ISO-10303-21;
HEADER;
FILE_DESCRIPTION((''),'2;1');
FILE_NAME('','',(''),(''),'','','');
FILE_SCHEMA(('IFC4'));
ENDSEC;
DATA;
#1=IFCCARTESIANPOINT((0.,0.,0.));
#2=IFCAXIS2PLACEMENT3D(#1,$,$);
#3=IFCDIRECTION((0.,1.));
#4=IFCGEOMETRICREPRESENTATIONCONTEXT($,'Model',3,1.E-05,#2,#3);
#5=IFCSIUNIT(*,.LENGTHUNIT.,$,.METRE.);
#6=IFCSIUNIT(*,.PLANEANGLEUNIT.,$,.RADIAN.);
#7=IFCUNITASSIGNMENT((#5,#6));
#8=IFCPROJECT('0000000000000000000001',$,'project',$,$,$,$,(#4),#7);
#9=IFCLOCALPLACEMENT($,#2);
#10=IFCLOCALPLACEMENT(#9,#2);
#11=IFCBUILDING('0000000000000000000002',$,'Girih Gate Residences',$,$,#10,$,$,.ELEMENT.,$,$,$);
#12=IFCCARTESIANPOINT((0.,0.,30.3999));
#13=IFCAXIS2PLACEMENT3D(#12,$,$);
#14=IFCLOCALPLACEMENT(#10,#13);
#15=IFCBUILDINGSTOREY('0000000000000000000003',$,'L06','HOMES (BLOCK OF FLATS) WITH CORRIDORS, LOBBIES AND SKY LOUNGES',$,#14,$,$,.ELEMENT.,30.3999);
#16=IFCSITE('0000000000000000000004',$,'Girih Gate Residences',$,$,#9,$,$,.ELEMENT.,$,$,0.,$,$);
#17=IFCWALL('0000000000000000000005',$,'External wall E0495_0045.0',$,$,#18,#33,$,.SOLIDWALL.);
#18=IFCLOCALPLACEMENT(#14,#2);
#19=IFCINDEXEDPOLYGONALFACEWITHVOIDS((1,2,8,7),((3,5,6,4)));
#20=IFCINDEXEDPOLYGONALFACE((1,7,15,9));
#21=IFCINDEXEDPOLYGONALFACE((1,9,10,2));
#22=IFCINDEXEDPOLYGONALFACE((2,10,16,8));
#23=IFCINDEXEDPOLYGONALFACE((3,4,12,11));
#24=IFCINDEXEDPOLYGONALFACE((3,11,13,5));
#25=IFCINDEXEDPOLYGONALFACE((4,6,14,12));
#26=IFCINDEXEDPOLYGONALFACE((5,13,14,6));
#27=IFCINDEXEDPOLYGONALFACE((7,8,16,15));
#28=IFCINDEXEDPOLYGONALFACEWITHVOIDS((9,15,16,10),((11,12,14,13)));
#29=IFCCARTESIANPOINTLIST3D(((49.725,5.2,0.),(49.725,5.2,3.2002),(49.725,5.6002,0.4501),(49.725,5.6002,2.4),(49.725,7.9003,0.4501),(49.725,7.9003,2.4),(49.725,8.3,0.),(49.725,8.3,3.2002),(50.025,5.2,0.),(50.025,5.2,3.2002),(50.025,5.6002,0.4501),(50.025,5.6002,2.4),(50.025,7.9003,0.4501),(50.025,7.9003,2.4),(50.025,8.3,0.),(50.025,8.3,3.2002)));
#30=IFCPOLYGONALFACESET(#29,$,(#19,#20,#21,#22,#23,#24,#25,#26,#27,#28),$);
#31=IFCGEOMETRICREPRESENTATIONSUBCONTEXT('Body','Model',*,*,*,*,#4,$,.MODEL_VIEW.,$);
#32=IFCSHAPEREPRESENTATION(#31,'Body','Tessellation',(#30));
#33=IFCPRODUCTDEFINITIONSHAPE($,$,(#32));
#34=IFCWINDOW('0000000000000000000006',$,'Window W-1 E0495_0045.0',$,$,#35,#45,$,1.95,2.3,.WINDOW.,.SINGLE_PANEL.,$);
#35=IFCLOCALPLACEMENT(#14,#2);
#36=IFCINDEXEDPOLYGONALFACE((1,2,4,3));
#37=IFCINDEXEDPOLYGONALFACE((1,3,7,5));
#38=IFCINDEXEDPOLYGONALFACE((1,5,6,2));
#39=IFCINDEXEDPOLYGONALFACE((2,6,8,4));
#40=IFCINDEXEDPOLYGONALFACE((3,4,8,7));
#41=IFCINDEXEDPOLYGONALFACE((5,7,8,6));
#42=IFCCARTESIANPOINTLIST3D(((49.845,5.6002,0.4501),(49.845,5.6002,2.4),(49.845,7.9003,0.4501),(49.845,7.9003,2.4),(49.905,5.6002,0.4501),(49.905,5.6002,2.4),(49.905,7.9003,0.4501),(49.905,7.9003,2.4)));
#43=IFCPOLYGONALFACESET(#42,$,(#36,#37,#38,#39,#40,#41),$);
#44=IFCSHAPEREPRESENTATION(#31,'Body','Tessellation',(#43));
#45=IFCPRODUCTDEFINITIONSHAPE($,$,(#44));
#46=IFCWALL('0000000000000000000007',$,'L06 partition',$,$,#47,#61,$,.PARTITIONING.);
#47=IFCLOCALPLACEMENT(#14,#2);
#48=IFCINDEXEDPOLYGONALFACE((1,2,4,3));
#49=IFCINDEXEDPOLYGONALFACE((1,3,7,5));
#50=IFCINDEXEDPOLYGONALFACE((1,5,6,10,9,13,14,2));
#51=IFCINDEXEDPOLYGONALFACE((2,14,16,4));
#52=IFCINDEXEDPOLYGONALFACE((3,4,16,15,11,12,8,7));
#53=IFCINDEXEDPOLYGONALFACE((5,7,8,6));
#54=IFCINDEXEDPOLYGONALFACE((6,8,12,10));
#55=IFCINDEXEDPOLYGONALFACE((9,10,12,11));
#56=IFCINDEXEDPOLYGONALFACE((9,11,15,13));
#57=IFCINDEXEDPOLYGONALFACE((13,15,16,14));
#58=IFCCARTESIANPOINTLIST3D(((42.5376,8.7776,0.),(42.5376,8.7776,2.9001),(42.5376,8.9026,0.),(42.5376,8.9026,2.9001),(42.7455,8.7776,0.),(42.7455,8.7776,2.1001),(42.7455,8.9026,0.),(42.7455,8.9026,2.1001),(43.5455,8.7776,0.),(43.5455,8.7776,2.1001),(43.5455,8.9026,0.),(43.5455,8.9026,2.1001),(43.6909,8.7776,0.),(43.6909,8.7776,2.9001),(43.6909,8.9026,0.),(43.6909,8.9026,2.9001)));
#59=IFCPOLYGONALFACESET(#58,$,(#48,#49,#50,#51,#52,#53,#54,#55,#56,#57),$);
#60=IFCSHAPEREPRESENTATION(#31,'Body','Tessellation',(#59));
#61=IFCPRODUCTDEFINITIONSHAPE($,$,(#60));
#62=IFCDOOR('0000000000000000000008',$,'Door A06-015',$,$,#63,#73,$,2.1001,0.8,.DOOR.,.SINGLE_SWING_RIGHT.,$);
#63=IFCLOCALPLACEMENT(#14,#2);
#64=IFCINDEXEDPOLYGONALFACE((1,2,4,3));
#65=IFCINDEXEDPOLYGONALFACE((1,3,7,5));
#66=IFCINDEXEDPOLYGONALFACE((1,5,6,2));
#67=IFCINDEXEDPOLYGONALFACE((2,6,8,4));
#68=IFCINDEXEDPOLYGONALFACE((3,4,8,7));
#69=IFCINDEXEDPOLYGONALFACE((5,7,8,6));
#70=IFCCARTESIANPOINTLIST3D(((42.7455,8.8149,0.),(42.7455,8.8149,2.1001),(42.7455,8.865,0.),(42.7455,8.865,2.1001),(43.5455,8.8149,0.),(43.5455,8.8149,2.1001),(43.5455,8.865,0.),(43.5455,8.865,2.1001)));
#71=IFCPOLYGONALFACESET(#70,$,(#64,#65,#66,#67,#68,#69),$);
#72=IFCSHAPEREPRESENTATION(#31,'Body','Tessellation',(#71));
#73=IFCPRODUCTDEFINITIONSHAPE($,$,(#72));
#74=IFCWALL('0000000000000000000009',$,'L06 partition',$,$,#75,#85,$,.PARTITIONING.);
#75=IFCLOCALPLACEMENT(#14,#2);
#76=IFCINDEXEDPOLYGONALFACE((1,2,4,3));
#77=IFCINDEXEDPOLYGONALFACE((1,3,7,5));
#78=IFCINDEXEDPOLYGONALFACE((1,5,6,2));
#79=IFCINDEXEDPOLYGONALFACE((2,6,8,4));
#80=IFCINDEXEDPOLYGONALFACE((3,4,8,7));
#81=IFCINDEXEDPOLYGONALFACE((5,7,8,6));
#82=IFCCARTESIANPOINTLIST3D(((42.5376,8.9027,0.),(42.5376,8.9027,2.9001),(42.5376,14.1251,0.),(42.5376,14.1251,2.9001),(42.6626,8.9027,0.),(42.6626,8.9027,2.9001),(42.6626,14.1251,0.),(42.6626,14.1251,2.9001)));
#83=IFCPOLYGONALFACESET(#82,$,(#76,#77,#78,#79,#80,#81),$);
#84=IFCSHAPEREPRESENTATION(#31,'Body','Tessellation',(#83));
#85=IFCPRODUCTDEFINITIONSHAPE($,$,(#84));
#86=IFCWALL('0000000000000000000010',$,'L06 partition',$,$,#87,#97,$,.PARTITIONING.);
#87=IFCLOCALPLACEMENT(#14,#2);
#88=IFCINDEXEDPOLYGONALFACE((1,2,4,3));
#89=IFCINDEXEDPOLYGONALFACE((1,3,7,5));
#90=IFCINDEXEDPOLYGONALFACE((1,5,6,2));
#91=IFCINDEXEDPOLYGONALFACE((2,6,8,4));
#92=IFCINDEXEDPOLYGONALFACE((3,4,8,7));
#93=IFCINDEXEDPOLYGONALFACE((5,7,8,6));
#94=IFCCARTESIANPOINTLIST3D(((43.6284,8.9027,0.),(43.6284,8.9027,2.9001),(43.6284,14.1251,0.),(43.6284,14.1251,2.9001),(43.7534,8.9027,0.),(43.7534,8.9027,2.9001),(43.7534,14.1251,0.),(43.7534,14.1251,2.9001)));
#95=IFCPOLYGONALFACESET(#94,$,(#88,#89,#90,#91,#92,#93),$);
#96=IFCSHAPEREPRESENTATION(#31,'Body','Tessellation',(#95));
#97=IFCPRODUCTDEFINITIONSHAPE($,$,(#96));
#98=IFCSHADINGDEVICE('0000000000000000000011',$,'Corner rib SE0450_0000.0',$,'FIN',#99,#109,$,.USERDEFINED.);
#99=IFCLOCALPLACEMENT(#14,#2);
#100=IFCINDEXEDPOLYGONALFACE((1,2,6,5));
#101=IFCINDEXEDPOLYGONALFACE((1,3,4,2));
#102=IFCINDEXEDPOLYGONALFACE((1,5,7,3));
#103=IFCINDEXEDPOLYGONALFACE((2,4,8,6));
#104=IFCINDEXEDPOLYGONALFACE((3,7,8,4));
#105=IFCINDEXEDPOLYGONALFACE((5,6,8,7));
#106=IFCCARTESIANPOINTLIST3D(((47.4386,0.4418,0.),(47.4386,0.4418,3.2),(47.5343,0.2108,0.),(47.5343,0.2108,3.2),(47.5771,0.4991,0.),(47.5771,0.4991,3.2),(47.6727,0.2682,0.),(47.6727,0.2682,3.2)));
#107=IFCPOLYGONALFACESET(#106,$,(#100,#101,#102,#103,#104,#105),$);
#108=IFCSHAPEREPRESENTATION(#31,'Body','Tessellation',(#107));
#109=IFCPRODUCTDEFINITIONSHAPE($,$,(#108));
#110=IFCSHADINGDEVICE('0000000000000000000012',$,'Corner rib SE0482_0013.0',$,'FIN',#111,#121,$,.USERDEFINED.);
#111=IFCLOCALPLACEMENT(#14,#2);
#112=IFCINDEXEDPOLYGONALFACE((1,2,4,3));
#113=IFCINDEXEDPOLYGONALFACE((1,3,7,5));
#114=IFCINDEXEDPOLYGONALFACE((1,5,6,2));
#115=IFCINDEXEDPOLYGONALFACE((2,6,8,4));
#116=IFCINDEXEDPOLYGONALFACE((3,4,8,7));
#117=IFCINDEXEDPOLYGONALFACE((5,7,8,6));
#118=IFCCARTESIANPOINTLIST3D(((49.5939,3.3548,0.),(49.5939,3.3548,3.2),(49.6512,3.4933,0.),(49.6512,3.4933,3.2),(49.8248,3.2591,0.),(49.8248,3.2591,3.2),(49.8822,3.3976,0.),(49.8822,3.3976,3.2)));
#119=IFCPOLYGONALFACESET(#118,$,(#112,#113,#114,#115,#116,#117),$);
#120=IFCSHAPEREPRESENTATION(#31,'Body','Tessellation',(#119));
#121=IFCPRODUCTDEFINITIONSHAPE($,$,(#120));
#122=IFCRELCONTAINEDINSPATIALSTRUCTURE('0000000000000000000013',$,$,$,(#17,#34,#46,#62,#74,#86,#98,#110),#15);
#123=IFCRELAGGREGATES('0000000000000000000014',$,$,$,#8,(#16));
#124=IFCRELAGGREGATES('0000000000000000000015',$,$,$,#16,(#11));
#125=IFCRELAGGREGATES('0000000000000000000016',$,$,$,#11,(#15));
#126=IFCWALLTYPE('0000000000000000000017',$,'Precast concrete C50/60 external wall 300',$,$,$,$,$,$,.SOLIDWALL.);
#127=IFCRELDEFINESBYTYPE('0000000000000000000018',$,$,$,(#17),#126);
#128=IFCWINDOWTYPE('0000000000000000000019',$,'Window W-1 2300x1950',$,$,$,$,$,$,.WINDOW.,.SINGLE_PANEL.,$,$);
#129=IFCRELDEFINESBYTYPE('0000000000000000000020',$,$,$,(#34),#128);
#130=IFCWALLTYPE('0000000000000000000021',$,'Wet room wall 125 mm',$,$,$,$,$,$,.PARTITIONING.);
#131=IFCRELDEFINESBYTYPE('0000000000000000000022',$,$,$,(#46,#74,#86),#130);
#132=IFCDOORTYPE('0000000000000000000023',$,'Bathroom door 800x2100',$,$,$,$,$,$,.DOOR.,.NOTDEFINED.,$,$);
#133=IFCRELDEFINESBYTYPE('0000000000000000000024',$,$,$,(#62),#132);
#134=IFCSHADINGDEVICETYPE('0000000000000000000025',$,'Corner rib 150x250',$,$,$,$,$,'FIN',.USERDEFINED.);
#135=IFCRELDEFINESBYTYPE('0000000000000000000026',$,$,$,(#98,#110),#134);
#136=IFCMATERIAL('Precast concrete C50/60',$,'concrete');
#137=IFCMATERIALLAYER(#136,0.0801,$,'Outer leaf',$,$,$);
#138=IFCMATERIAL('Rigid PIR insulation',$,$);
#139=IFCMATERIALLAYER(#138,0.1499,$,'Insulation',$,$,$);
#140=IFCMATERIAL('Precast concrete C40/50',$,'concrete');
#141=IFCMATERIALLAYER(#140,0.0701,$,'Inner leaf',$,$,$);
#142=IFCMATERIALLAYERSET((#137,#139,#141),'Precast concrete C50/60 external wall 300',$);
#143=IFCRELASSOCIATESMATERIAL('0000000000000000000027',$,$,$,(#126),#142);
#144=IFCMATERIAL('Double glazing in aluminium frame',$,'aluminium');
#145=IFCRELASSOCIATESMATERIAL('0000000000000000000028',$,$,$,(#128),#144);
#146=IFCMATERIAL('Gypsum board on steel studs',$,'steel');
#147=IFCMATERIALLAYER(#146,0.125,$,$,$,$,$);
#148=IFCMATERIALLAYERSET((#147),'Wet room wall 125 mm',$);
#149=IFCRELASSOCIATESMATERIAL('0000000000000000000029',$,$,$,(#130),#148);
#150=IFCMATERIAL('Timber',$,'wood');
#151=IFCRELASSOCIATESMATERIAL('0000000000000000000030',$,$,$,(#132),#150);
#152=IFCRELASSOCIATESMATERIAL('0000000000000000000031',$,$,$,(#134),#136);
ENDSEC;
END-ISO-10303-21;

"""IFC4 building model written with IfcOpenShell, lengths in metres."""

from ifc_helpers import new_model, si_unit, direction, frame, frame_2d, origin, origin_2d, place, context, subcontext, project, spatial, rectangle, extrude, material, layer, layer_set, type_object, element, fill, save


model = new_model("IFC4")

# Units and contexts
model_context = context("Model", 3, precision=1e-05, world=origin(), true_north=direction((0.0, 1.0)))
body_context = subcontext(model_context, "Body", "Model", "MODEL_VIEW")
ifc_project = project(units=[si_unit("LENGTHUNIT", "METRE"), si_unit("PLANEANGLEUNIT", "RADIAN")], contexts=[model_context])

# Site, building, storey
site_placement = place(None, origin())
site = spatial("IfcSite", under=ifc_project, at=site_placement, Name="Girih Gate Residences", CompositionType="ELEMENT", RefElevation=0.0)
building_placement = place(site_placement, origin())
building = spatial("IfcBuilding", under=site, at=building_placement, Name="Girih Gate Residences", CompositionType="ELEMENT")
storey_placement = place(building_placement, frame((0.0, 0.0, 30.3999)))
storey = spatial("IfcBuildingStorey", under=building, at=storey_placement, Name="L06", Description="HOMES (BLOCK OF FLATS) WITH CORRIDORS, LOBBIES AND SKY LOUNGES", CompositionType="ELEMENT", Elevation=30.3999)

# Shared definitions
ifc_material_1 = material(Name="Gypsum board on steel studs", Category="steel")
ifc_material_2 = material(Name="Timber", Category="wood")

# Wall, opening, window
ifc_material_3 = material(Name="Precast concrete C50/60", Category="concrete")
ifc_layer_1 = layer(ifc_material_3, 0.0801, Name="Outer leaf")
ifc_material_4 = material(Name="Rigid PIR insulation")
ifc_layer_2 = layer(ifc_material_4, 0.1499, Name="Insulation")
ifc_material_5 = material(Name="Precast concrete C40/50", Category="concrete")
ifc_layer_3 = layer(ifc_material_5, 0.0701, Name="Inner leaf")
ifc_layer_set_1 = layer_set([ifc_layer_1, ifc_layer_2, ifc_layer_3], Name="Precast concrete C50/60 external wall 300")
wall_type_1 = type_object("IfcWallType", Name="Precast concrete C50/60 external wall 300", PredefinedType="SOLIDWALL", material=ifc_layer_set_1)
ifc_material_6 = material(Name="Double glazing in aluminium frame", Category="aluminium")
window_type_1 = type_object("IfcWindowType", Name="Window W-1 2300x1950", PartitioningType="SINGLE_PANEL", PredefinedType="WINDOW", material=ifc_material_6)
wall_1_placement = place(storey_placement, frame((49.875, 8.3, 0.0), z_axis=(0.0, 0.0, 1.0), x_axis=(0.0, -1.0, 0.0)))
wall_1 = element("IfcWall", 1, at=wall_1_placement, inside=storey, type_object=wall_type_1, Name="External wall E0495_0045.0", PredefinedType="SOLIDWALL", context=body_context, shape_type="SweptSolid", body=[
    extrude(rectangle(XDim=3.1001, YDim=0.3, at=frame_2d((1.55, 0.0))), origin(), (0.0, 0.0, 1.0), 3.2002),
])
opening_1_placement = place(wall_1_placement, frame((0.3999, 0.0, 0.45)))
opening_1 = element("IfcOpeningElement", 2, at=opening_1_placement, cuts=wall_1, PredefinedType="OPENING", context=body_context, shape_type="SweptSolid", body=[
    extrude(rectangle(XDim=2.3, YDim=1.95, at=frame_2d((1.1499, 0.9751))), frame((0.0, 0.1599, 0.0), z_axis=(0.0, -1.0, 0.0), x_axis=(1.0, 0.0, 0.0)), (0.0, 0.0, 1.0), 0.3201),
])
window_1_placement = place(opening_1_placement, origin())
window_1 = element("IfcWindow", 3, at=window_1_placement, inside=storey, type_object=window_type_1, Name="Window W-1 E0495_0045.0", OverallHeight=1.95, OverallWidth=2.3, PartitioningType="SINGLE_PANEL", PredefinedType="WINDOW", context=body_context, shape_type="SweptSolid", body=[
    extrude(rectangle(XDim=2.3, YDim=1.95, at=frame_2d((1.1499, 0.9751))), frame((0.0, 0.03, 0.0), z_axis=(0.0, -1.0, 0.0), x_axis=(1.0, 0.0, 0.0)), (0.0, 0.0, 1.0), 0.0601),
])
fill(opening_1, window_1)

# Wall, opening, door
ifc_layer_4 = layer(ifc_material_1, 0.125)
ifc_layer_set_2 = layer_set([ifc_layer_4], Name="Wet room wall 125 mm")
wall_type_2 = type_object("IfcWallType", Name="Wet room wall 125 mm", PredefinedType="PARTITIONING", material=ifc_layer_set_2)
wall_2_placement = place(storey_placement, frame((42.5376, 8.8401, 0.0), z_axis=(0.0, 0.0, 1.0), x_axis=(1.0, 0.0, 0.0)))
wall_2 = element("IfcWall", 4, at=wall_2_placement, inside=storey, type_object=wall_type_2, Name="L06 partition", PredefinedType="PARTITIONING", context=body_context, shape_type="SweptSolid", body=[
    extrude(rectangle(XDim=1.1533, YDim=0.125, at=frame_2d((0.5767, 0.0))), origin(), (0.0, 0.0, 1.0), 2.9001),
])
opening_2_placement = place(wall_2_placement, frame((0.208, 0.0, 0.0)))
opening_2 = element("IfcOpeningElement", 5, at=opening_2_placement, cuts=wall_2, PredefinedType="OPENING", context=body_context, shape_type="SweptSolid", body=[
    extrude(rectangle(XDim=0.8, YDim=2.1001, at=frame_2d((0.3999, 1.05))), frame((0.0, 0.0725, 0.0), z_axis=(0.0, -1.0, 0.0), x_axis=(1.0, 0.0, 0.0)), (0.0, 0.0, 1.0), 0.145),
])
door_type_1 = type_object("IfcDoorType", Name="Bathroom door 800x2100", OperationType="NOTDEFINED", PredefinedType="DOOR", material=ifc_material_2)
door_1_placement = place(opening_2_placement, origin())
door_1 = element("IfcDoor", 6, at=door_1_placement, inside=storey, type_object=door_type_1, Name="Door A06-015", OperationType="SINGLE_SWING_RIGHT", OverallHeight=2.1001, OverallWidth=0.8, PredefinedType="DOOR", context=body_context, shape_type="SweptSolid", body=[
    extrude(rectangle(XDim=0.8, YDim=2.1001, at=frame_2d((0.3999, 1.05))), frame((0.0, 0.0249, 0.0), z_axis=(0.0, -1.0, 0.0), x_axis=(1.0, 0.0, 0.0)), (0.0, 0.0, 1.0), 0.05),
])
fill(opening_2, door_1)

# Walls
for number, where, z_axis, x_axis, name in (
    (7, (42.6001, 8.9026, 0.0), (0.0, 0.0, 1.0), (0.0, 1.0, 0.0), "L06 partition"),
    (8, (43.6909, 8.9026, 0.0), (0.0, 0.0, 1.0), (0.0, 1.0, 0.0), "L06 partition"),
):
    element("IfcWall", number, at=place(storey_placement, frame(where, z_axis=z_axis, x_axis=x_axis)), inside=storey, type_object=wall_type_2, Name=name, PredefinedType="PARTITIONING", context=body_context, shape_type="SweptSolid", body=[
        extrude(rectangle(XDim=5.2224, YDim=0.125, at=frame_2d((2.6113, 0.0))), origin(), (0.0, 0.0, 1.0), 2.9001),
    ])

# Shading devices
shading_device_type = type_object("IfcShadingDeviceType", Name="Corner rib 150x250", ElementType="FIN", PredefinedType="USERDEFINED", material=ifc_material_3)
for number, where, z_axis, x_axis, name in (
    (9, (47.5557, 0.355, 0.0), (0.0, 0.0, 1.0), (0.92388, 0.382683, 0.0), "Corner rib SE0450_0000.0"),
    (10, (49.738, 3.3762, 0.0), (0.0, 0.0, 1.0), (0.382683, 0.92388, 0.0), "Corner rib SE0482_0013.0"),
):
    element("IfcShadingDevice", number, at=place(storey_placement, frame(where, z_axis=z_axis, x_axis=x_axis)), inside=storey, type_object=shading_device_type, Name=name, ObjectType="FIN", PredefinedType="USERDEFINED", context=body_context, shape_type="SweptSolid", body=[
        extrude(rectangle(XDim=0.1499, YDim=0.25, at=origin_2d()), origin(), (0.0, 0.0, 1.0), 3.2),
    ])

save(model, "model.ifc")
